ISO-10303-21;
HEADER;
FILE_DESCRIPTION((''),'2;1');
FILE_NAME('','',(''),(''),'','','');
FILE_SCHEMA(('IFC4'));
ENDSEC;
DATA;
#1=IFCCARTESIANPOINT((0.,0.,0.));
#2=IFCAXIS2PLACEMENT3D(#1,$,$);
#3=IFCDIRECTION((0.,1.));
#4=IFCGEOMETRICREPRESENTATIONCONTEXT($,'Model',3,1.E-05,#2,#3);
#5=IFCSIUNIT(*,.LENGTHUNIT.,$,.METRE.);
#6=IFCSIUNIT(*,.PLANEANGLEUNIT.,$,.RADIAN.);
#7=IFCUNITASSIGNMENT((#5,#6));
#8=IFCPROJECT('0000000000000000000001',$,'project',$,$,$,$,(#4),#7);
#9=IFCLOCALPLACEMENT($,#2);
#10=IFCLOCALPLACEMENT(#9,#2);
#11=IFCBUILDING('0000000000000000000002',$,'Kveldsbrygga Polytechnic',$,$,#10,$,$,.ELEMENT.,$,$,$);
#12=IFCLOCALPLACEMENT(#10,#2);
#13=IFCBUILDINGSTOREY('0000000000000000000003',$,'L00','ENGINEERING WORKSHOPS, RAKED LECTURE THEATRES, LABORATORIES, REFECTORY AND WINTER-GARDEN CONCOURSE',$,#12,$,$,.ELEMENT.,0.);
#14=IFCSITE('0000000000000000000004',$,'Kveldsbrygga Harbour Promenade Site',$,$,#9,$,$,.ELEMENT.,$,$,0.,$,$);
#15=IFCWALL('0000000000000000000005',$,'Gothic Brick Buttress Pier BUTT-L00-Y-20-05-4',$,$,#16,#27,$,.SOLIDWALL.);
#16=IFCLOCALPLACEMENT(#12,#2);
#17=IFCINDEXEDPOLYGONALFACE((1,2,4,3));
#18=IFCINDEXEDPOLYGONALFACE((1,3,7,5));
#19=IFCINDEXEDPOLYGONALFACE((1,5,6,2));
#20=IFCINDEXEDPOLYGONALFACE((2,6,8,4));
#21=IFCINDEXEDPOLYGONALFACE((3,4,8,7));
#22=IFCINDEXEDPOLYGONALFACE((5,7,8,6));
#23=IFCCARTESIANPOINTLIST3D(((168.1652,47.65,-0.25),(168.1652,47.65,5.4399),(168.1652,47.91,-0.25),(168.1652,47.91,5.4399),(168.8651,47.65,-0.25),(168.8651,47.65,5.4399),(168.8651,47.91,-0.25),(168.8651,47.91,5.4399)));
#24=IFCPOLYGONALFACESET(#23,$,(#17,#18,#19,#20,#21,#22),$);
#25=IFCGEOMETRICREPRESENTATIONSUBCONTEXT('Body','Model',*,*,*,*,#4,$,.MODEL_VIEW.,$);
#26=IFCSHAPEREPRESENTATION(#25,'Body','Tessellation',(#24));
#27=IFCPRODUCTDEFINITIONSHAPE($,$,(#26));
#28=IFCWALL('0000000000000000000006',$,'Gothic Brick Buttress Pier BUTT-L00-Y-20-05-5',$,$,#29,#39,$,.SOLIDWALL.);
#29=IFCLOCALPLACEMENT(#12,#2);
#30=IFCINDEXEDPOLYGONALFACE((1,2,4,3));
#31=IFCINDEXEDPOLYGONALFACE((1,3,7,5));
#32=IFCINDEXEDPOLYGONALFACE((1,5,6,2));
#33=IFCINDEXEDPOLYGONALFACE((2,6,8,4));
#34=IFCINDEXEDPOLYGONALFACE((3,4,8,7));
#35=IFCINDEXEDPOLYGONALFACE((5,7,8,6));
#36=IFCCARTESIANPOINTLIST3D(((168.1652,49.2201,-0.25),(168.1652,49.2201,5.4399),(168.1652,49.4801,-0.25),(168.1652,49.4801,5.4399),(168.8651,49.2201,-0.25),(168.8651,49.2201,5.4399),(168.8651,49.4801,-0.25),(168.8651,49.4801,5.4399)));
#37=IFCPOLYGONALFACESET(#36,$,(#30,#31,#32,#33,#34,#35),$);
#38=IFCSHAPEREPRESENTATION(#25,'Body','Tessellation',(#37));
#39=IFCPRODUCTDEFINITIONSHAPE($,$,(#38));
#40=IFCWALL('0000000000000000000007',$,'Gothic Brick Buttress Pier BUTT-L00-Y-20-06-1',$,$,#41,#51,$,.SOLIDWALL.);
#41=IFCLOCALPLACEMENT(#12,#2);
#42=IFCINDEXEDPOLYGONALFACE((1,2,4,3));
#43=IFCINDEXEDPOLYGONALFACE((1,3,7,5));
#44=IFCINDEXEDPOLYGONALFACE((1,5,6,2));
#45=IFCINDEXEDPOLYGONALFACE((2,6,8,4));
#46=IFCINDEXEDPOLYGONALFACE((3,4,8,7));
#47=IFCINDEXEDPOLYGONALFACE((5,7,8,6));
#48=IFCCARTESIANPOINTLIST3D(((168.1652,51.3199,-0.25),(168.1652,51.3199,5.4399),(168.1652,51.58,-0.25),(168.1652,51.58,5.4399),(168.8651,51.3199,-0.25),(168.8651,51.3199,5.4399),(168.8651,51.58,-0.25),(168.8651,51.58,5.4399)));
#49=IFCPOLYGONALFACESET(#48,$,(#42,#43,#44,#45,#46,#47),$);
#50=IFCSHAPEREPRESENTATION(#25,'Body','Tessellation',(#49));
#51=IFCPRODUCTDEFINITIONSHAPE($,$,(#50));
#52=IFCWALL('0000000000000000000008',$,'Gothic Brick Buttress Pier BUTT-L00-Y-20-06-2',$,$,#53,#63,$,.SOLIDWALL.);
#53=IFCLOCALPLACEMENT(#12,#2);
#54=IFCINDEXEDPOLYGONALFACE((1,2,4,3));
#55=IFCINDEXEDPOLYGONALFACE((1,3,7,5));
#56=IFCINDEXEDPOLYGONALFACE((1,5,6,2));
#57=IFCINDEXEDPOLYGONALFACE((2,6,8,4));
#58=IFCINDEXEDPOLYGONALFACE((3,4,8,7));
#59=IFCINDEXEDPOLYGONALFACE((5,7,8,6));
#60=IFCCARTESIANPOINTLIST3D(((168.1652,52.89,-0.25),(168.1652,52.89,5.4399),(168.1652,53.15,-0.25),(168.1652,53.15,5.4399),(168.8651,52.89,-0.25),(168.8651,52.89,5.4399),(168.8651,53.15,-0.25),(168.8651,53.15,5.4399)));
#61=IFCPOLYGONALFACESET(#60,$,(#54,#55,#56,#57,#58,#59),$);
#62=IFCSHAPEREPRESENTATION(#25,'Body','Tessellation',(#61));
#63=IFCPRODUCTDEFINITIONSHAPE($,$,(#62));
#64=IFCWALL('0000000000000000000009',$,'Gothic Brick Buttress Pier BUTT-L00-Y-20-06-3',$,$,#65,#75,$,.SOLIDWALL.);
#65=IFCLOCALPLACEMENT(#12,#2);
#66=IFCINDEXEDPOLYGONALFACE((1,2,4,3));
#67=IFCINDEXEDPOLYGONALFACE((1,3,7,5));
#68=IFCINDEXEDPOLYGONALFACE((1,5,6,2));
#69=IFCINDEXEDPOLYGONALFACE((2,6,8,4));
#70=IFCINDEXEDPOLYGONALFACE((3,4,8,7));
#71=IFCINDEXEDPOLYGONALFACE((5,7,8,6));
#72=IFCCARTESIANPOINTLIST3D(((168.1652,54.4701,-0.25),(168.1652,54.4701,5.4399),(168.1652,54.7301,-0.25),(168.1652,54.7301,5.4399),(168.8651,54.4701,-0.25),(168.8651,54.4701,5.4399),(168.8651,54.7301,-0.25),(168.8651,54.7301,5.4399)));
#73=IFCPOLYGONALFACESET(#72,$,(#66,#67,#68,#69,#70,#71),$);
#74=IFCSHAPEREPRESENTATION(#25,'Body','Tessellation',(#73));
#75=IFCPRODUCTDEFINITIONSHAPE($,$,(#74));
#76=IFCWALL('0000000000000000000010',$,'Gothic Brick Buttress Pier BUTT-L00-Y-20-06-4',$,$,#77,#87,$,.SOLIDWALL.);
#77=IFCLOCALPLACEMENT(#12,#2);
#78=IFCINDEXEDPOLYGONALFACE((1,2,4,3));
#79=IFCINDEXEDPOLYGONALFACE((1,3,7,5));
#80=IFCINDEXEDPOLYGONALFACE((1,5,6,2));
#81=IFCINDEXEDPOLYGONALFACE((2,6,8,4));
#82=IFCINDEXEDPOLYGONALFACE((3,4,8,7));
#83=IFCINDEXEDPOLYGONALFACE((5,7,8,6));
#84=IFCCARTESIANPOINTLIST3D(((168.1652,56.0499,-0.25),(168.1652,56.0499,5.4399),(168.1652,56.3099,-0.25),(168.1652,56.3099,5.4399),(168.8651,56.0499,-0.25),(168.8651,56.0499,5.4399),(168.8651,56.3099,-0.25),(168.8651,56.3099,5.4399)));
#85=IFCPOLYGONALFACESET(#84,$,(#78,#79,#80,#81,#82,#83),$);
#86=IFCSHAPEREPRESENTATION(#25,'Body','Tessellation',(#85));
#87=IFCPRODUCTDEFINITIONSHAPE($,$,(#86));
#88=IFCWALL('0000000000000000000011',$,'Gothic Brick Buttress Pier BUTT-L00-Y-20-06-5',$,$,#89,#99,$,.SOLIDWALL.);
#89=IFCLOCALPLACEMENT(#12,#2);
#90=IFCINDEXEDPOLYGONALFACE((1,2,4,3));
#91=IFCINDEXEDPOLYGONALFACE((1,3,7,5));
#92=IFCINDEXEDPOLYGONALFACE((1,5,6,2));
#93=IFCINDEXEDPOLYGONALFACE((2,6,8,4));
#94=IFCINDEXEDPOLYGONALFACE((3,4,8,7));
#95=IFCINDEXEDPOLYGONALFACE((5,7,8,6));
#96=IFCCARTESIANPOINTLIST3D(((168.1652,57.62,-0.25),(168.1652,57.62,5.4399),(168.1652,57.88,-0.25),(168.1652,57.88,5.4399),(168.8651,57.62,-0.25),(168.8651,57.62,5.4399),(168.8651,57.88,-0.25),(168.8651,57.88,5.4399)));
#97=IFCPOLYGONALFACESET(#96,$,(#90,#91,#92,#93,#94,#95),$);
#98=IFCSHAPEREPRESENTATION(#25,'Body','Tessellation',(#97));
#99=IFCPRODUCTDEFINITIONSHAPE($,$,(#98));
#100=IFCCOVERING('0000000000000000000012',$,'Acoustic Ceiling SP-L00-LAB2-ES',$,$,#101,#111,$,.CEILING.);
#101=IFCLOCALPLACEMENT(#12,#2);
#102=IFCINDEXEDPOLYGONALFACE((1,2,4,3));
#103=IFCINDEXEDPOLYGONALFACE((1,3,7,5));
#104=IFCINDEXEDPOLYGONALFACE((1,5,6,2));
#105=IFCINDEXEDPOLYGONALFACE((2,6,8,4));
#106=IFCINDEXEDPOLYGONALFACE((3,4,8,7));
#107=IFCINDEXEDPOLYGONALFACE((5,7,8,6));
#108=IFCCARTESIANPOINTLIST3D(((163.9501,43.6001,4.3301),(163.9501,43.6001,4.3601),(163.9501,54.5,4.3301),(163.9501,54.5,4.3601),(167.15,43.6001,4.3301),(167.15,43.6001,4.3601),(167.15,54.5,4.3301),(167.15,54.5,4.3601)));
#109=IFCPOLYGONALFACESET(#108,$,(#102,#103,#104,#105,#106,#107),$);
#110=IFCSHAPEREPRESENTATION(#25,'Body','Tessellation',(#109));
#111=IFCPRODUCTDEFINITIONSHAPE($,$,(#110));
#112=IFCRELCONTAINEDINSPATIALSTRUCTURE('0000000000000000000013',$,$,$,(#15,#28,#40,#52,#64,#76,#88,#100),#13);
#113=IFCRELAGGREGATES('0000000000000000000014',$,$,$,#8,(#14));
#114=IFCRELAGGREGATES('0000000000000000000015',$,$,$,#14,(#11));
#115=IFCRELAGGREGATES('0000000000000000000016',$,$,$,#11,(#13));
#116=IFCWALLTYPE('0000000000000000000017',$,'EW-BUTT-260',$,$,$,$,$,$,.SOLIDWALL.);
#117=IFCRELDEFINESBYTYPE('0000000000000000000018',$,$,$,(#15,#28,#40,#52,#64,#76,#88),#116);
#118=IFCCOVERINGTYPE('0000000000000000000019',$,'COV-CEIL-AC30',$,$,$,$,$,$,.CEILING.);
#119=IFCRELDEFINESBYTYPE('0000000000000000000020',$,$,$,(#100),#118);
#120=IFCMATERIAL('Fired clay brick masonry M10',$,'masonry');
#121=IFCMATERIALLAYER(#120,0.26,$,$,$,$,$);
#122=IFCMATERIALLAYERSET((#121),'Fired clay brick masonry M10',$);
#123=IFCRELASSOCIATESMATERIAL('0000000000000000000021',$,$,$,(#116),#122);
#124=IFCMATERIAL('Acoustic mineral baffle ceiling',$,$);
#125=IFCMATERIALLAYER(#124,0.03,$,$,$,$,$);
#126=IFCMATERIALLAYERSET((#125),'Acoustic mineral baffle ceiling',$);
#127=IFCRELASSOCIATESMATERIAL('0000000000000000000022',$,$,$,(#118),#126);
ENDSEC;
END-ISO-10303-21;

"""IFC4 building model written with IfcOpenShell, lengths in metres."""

from ifc_helpers import new_model, si_unit, direction, frame, frame_2d, origin, origin_2d, place, context, subcontext, project, spatial, rectangle, extrude, material, layer, layer_set, type_object, element, save


model = new_model("IFC4")

# Units and contexts
model_context = context("Model", 3, precision=1e-05, world=origin(), true_north=direction((0.0, 1.0)))
body_context = subcontext(model_context, "Body", "Model", "MODEL_VIEW")
ifc_project = project(units=[si_unit("LENGTHUNIT", "METRE"), si_unit("PLANEANGLEUNIT", "RADIAN")], contexts=[model_context])

# Site, building, storey
site_placement = place(None, origin())
site = spatial("IfcSite", under=ifc_project, at=site_placement, Name="Kveldsbrygga Harbour Promenade Site", CompositionType="ELEMENT", RefElevation=0.0)
building_placement = place(site_placement, origin())
building = spatial("IfcBuilding", under=site, at=building_placement, Name="Kveldsbrygga Polytechnic", CompositionType="ELEMENT")
storey_placement = place(building_placement, origin())
storey = spatial("IfcBuildingStorey", under=building, at=storey_placement, Name="L00", Description="ENGINEERING WORKSHOPS, RAKED LECTURE THEATRES, LABORATORIES, REFECTORY AND WINTER-GARDEN CONCOURSE", CompositionType="ELEMENT", Elevation=0.0)

# Shared definitions
ifc_material_1 = material(Name="Fired clay brick masonry M10", Category="masonry")

# Walls
ifc_layer_1 = layer(ifc_material_1, 0.26)
ifc_layer_set_1 = layer_set([ifc_layer_1], Name="Fired clay brick masonry M10")
wall_type_1 = type_object("IfcWallType", Name="EW-BUTT-260", PredefinedType="SOLIDWALL", material=ifc_layer_set_1)
for number, where, z_axis, x_axis, name in (
    (1, (168.165, 47.78, -0.25), (0.0, 0.0, 1.0), (1.0, 0.0, 0.0), "Gothic Brick Buttress Pier BUTT-L00-Y-20-05-4"),
    (2, (168.165, 49.3501, -0.25), (0.0, 0.0, 1.0), (1.0, 0.0, 0.0), "Gothic Brick Buttress Pier BUTT-L00-Y-20-05-5"),
    (3, (168.165, 51.45, -0.25), (0.0, 0.0, 1.0), (1.0, 0.0, 0.0), "Gothic Brick Buttress Pier BUTT-L00-Y-20-06-1"),
    (4, (168.165, 53.02, -0.25), (0.0, 0.0, 1.0), (1.0, 0.0, 0.0), "Gothic Brick Buttress Pier BUTT-L00-Y-20-06-2"),
    (5, (168.165, 54.6001, -0.25), (0.0, 0.0, 1.0), (1.0, 0.0, 0.0), "Gothic Brick Buttress Pier BUTT-L00-Y-20-06-3"),
    (6, (168.165, 56.1799, -0.25), (0.0, 0.0, 1.0), (1.0, 0.0, 0.0), "Gothic Brick Buttress Pier BUTT-L00-Y-20-06-4"),
    (7, (168.165, 57.75, -0.25), (0.0, 0.0, 1.0), (1.0, 0.0, 0.0), "Gothic Brick Buttress Pier BUTT-L00-Y-20-06-5"),
):
    element("IfcWall", number, at=place(storey_placement, frame(where, z_axis=z_axis, x_axis=x_axis)), inside=storey, type_object=wall_type_1, Name=name, PredefinedType="SOLIDWALL", context=body_context, shape_type="SweptSolid", body=[
        extrude(rectangle(XDim=0.7, YDim=0.26, at=frame_2d((0.3501, 0.0))), origin(), (0.0, 0.0, 1.0), 5.6899),
    ])

# Covering
ifc_material_2 = material(Name="Acoustic mineral baffle ceiling")
ifc_layer_2 = layer(ifc_material_2, 0.03)
ifc_layer_set_2 = layer_set([ifc_layer_2], Name="Acoustic mineral baffle ceiling")
covering_type = type_object("IfcCoveringType", Name="COV-CEIL-AC30", PredefinedType="CEILING", material=ifc_layer_set_2)
covering_placement = place(storey_placement, frame((165.55, 49.05, 4.3301), z_axis=(0.0, 0.0, 1.0), x_axis=(1.0, 0.0, 0.0)))
element("IfcCovering", 8, at=covering_placement, inside=storey, type_object=covering_type, Name="Acoustic Ceiling SP-L00-LAB2-ES", PredefinedType="CEILING", context=body_context, shape_type="SweptSolid", body=[
    extrude(rectangle(XDim=3.2, YDim=10.8999, at=origin_2d()), origin(), (0.0, 0.0, 1.0), 0.03),
])

save(model, "model.ifc")
